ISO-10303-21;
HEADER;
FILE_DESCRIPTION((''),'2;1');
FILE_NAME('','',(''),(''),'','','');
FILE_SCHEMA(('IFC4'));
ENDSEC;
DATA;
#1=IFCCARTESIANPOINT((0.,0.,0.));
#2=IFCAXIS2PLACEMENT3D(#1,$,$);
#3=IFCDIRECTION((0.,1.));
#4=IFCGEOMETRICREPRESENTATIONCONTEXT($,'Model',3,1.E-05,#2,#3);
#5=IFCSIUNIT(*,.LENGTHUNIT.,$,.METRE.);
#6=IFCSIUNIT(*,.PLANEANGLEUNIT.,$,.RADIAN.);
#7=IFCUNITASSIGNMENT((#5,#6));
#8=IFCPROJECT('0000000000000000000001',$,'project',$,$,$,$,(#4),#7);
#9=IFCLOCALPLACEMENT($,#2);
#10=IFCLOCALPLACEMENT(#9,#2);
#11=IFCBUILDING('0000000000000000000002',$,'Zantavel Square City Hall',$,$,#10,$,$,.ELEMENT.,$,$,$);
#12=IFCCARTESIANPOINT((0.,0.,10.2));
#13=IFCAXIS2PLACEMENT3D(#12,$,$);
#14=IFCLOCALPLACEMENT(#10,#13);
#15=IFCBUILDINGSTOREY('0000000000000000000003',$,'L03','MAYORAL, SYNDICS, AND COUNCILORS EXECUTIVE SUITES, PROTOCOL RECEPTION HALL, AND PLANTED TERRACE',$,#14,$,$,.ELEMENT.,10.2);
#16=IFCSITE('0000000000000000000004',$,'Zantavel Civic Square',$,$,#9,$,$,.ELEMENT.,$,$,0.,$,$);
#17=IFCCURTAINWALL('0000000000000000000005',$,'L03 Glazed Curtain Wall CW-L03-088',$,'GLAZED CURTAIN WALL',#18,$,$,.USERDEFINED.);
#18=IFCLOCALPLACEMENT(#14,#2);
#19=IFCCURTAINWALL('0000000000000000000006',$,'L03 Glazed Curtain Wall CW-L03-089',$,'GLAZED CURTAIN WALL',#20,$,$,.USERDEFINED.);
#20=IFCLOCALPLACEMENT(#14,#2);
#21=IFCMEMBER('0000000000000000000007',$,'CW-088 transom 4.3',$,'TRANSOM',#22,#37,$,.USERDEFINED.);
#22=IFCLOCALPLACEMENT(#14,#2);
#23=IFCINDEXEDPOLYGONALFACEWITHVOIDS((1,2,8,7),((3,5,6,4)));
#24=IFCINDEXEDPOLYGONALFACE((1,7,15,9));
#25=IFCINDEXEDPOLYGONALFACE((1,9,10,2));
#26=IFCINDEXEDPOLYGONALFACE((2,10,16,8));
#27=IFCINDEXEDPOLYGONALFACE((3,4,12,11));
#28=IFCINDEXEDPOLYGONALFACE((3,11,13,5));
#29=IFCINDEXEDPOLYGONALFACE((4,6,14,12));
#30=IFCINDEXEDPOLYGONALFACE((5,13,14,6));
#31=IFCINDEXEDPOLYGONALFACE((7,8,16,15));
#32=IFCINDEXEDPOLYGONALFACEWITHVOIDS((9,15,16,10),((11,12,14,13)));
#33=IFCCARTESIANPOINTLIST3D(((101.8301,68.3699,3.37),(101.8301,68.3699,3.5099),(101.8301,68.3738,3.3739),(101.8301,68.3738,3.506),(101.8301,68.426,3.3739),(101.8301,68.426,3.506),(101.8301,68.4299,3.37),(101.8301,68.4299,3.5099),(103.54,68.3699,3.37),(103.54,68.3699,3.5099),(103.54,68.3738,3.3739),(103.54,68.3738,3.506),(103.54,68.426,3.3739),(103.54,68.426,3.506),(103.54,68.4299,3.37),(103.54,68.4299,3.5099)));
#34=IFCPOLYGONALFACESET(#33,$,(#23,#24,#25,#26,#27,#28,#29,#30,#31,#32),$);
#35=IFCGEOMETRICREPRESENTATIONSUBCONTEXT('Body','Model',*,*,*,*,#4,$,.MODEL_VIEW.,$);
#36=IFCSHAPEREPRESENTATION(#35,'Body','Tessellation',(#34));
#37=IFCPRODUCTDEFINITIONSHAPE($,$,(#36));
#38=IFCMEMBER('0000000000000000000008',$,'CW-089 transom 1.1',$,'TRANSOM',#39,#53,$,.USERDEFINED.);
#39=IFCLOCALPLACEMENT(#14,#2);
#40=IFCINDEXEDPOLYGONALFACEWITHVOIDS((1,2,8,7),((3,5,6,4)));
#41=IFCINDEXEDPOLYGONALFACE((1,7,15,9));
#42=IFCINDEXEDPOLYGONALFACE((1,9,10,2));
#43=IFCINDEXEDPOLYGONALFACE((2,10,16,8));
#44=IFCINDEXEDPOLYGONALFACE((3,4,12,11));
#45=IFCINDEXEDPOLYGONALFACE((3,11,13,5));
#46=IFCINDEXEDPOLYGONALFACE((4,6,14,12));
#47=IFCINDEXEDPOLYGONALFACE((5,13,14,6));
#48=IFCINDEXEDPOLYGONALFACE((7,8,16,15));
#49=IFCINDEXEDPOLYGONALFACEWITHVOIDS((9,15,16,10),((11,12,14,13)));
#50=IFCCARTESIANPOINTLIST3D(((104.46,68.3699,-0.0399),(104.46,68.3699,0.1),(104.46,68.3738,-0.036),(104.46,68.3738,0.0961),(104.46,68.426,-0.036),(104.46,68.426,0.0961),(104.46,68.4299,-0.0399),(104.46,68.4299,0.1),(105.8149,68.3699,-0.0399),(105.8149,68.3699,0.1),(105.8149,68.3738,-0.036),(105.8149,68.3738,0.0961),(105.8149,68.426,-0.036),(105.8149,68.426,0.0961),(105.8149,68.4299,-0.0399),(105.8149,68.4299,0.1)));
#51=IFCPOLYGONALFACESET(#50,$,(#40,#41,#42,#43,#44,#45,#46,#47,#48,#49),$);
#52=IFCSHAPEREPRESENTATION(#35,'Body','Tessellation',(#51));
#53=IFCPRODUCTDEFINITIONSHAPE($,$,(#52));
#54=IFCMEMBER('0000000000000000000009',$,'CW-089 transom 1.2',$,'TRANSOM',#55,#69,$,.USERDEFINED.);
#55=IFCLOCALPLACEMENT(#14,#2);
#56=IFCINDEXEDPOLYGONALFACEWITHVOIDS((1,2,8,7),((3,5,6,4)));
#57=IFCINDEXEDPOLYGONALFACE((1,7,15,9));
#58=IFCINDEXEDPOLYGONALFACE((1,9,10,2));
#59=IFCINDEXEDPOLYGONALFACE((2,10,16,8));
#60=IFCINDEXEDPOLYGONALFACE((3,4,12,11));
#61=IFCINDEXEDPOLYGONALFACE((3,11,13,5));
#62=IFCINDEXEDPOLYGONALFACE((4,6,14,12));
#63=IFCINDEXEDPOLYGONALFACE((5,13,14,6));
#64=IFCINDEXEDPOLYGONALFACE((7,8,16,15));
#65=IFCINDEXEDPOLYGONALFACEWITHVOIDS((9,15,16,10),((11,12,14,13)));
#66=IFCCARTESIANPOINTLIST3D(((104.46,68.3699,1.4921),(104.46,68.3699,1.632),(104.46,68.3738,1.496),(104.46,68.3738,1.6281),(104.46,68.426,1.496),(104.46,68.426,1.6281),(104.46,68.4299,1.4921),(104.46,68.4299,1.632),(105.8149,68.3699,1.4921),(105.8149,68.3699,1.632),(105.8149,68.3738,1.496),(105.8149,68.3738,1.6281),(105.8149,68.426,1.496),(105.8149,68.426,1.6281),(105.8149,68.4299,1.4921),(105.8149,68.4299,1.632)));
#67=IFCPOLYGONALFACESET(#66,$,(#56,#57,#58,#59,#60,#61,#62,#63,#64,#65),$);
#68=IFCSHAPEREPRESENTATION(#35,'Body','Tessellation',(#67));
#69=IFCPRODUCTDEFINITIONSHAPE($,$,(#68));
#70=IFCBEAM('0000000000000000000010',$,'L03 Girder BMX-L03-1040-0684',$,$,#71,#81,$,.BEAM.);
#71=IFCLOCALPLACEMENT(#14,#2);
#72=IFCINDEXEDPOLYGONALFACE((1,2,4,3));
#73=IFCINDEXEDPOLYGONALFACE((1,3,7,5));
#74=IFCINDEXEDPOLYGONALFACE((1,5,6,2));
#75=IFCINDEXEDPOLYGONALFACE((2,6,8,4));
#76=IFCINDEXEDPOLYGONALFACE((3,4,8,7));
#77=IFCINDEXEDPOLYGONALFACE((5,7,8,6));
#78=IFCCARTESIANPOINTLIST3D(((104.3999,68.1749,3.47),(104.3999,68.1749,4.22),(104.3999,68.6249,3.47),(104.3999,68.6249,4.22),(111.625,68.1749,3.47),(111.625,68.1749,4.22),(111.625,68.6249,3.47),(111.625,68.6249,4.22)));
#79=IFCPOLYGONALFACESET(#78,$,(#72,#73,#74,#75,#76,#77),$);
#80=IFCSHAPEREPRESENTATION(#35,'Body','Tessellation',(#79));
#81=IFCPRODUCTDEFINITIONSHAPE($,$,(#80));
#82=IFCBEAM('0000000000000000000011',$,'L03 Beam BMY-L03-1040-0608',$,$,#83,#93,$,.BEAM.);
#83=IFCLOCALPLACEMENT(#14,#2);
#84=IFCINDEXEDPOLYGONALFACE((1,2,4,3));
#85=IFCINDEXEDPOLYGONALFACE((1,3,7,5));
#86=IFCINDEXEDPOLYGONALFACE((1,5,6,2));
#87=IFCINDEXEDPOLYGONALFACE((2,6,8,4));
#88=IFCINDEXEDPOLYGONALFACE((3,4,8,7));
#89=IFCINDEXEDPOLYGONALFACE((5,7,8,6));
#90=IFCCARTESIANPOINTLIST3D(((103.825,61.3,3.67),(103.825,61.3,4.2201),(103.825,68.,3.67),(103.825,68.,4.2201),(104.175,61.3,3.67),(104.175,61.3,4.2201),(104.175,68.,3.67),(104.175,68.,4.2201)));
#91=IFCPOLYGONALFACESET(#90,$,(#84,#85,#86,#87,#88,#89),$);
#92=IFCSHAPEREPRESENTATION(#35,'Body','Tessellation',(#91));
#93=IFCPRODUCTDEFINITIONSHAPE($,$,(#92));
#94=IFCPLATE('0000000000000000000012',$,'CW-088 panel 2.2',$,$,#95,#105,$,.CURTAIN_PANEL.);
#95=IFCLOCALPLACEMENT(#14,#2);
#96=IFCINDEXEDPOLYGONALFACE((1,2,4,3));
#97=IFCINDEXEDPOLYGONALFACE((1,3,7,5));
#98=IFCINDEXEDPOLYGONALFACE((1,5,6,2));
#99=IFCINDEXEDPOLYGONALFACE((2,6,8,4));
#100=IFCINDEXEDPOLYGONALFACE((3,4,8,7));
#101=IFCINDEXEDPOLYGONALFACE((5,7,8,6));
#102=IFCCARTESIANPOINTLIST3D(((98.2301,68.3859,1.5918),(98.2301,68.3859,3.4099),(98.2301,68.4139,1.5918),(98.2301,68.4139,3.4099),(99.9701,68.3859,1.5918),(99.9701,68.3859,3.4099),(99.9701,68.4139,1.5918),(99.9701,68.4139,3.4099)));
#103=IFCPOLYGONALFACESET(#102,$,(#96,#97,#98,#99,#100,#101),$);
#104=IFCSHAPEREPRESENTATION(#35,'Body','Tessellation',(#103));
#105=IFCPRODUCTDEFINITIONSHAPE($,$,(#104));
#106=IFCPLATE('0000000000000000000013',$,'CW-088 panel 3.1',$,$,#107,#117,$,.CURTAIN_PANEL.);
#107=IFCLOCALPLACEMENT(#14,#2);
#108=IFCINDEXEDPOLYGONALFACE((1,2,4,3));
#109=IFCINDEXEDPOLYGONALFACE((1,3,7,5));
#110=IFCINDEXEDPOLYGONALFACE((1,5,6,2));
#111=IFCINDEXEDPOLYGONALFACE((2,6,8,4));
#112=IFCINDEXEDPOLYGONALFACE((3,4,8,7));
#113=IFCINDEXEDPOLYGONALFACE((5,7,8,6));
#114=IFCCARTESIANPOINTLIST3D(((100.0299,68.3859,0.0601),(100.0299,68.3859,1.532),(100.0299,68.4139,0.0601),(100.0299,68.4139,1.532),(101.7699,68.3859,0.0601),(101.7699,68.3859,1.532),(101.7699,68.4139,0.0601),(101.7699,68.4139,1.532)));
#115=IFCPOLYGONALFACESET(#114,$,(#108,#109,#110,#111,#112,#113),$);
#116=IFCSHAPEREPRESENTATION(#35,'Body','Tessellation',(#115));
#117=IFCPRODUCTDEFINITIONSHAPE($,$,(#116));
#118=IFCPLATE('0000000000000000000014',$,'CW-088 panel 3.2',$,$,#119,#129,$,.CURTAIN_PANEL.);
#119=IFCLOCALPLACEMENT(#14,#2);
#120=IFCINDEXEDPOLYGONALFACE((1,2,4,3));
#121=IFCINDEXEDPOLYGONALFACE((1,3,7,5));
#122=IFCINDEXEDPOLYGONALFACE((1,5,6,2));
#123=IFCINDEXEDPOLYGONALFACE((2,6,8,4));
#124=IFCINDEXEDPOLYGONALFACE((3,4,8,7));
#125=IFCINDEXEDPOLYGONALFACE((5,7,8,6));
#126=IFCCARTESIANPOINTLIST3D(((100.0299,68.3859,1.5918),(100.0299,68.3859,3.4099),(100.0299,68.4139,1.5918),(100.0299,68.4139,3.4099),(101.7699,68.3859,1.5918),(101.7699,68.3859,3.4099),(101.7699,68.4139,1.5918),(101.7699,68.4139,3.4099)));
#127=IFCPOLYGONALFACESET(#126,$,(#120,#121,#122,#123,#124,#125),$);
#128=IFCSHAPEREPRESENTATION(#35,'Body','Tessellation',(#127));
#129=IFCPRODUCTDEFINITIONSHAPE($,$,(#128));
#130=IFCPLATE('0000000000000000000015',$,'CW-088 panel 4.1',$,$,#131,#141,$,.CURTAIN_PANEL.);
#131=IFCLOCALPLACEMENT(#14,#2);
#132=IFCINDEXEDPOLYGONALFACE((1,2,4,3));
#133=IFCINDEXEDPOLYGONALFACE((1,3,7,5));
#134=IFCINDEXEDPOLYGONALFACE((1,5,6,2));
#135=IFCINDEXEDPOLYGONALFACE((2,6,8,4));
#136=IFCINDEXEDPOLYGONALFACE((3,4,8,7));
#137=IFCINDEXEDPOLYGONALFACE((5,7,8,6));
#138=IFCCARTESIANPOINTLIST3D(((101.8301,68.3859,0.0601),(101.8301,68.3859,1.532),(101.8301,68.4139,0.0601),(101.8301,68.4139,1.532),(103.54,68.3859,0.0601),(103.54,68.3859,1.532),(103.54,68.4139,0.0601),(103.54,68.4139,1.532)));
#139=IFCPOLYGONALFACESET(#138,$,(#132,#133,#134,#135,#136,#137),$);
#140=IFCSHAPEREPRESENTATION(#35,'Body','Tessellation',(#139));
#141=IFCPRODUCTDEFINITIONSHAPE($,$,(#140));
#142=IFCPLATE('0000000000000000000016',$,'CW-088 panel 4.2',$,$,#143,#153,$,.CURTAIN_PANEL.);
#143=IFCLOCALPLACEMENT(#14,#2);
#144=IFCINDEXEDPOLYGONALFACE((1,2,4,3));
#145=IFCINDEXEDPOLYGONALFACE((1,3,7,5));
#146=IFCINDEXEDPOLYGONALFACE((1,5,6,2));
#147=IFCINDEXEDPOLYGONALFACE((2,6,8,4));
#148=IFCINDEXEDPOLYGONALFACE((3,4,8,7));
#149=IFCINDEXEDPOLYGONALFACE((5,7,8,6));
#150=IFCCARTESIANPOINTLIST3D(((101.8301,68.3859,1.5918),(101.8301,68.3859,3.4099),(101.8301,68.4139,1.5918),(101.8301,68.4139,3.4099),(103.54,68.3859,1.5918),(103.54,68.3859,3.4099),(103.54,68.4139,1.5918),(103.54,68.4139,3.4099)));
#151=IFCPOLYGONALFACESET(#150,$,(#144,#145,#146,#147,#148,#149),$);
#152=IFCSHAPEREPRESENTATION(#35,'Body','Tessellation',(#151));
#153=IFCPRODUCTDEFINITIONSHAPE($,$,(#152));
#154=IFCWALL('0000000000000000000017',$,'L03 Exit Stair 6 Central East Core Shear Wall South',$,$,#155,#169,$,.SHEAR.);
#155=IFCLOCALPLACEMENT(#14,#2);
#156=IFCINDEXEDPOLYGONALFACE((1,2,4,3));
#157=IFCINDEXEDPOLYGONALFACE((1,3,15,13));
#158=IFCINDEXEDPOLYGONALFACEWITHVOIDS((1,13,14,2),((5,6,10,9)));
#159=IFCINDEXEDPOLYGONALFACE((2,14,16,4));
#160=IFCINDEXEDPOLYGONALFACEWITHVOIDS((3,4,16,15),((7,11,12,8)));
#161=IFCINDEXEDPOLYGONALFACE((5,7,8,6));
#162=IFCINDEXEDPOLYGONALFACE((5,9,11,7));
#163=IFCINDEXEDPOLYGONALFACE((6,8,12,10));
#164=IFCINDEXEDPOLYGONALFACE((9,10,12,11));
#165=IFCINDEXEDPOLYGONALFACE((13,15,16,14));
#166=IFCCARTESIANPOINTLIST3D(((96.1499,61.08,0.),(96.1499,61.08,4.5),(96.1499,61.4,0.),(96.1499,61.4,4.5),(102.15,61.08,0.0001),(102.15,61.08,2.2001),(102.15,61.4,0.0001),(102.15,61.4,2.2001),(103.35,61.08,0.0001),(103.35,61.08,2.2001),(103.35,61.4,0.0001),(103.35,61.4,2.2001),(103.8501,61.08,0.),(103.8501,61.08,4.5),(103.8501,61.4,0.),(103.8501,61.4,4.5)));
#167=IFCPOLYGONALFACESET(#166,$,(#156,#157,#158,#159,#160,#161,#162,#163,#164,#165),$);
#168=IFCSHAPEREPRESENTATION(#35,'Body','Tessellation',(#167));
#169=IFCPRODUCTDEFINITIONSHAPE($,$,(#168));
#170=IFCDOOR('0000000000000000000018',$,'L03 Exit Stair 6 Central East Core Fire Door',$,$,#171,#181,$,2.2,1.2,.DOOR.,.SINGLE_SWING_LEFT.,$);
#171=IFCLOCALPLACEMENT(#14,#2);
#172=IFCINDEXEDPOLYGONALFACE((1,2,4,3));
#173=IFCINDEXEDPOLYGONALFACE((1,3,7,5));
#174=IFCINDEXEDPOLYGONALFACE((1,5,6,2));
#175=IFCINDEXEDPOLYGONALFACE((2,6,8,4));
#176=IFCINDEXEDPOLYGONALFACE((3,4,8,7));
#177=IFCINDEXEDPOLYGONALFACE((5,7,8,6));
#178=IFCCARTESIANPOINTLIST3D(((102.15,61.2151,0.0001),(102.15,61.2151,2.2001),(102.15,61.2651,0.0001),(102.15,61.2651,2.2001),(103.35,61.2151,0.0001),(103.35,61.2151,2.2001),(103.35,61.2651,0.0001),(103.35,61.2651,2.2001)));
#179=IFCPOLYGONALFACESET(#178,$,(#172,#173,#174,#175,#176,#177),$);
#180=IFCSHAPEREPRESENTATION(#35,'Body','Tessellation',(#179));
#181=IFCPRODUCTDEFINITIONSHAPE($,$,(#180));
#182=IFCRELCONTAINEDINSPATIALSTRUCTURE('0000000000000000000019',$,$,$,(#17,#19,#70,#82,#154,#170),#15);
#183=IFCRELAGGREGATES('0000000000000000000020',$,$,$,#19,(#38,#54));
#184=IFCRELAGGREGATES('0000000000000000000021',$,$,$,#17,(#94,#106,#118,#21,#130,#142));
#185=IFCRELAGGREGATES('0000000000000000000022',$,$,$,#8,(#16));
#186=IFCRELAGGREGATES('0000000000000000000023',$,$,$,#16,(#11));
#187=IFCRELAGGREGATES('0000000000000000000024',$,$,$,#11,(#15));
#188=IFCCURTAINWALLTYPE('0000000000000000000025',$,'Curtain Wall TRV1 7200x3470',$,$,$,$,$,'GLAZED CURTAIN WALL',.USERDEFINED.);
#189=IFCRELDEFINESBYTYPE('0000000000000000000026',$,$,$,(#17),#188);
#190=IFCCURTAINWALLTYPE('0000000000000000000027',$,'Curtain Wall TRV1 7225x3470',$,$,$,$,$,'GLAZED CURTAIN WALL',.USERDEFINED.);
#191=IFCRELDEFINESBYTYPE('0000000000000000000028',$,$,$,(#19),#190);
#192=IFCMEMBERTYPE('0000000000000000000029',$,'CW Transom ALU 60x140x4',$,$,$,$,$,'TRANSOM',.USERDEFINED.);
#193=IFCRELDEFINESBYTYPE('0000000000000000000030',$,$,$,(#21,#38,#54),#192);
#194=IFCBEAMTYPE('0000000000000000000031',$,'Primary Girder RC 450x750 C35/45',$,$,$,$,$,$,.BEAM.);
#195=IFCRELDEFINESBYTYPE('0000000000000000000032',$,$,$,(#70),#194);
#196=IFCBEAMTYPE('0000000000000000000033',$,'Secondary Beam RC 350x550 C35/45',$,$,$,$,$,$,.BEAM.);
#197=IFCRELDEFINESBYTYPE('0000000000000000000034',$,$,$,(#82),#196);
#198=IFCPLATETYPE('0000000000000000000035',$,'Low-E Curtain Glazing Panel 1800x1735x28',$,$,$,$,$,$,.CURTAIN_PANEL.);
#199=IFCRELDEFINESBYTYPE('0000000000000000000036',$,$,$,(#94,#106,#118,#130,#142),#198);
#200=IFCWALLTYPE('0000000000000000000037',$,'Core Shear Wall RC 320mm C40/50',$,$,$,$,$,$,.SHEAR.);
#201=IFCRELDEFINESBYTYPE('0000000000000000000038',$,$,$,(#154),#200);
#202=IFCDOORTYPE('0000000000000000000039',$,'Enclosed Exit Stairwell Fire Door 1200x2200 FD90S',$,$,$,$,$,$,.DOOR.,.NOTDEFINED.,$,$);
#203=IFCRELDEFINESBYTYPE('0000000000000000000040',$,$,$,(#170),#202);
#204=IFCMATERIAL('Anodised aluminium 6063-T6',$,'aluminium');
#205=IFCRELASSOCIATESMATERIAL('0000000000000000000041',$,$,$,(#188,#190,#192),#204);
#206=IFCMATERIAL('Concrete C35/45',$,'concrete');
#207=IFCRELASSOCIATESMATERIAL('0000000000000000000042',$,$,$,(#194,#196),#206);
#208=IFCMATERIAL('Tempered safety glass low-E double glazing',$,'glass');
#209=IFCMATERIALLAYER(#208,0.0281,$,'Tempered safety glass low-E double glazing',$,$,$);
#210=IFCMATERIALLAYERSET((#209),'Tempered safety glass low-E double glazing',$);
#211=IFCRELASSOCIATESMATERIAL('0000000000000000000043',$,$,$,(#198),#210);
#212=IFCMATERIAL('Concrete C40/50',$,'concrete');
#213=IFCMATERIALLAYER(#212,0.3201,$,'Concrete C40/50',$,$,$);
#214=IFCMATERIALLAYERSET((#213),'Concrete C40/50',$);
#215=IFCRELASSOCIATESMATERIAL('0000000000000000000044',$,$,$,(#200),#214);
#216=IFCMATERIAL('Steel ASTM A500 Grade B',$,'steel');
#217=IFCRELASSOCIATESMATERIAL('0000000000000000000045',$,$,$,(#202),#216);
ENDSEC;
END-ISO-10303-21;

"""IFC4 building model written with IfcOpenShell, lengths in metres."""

from ifc_helpers import new_model, si_unit, direction, frame, frame_2d, origin, origin_2d, place, context, subcontext, project, spatial, rectangle, hollow_rectangle, extrude, material, layer, layer_set, material_profile, profile_set, type_object, element, fill, aggregate, save


model = new_model("IFC4")

# Units and contexts
model_context = context("Model", 3, precision=1e-05, world=origin(), true_north=direction((0.0, 1.0)))
body_context = subcontext(model_context, "Body", "Model", "MODEL_VIEW")
ifc_project = project(units=[si_unit("LENGTHUNIT", "METRE"), si_unit("PLANEANGLEUNIT", "RADIAN")], contexts=[model_context])

# Site, building, storey
site_placement = place(None, origin())
site = spatial("IfcSite", under=ifc_project, at=site_placement, Name="Zantavel Civic Square", CompositionType="ELEMENT", RefElevation=0.0)
building_placement = place(site_placement, origin())
building = spatial("IfcBuilding", under=site, at=building_placement, Name="Zantavel Square City Hall", CompositionType="ELEMENT")
storey_placement = place(building_placement, frame((0.0, 0.0, 10.2)))
storey = spatial("IfcBuildingStorey", under=building, at=storey_placement, Name="L03", Description="MAYORAL, SYNDICS, AND COUNCILORS EXECUTIVE SUITES, PROTOCOL RECEPTION HALL, AND PLANTED TERRACE", CompositionType="ELEMENT", Elevation=10.2)

# Shared definitions
ifc_material_1 = material(Name="Concrete C40/50", Category="concrete")

# Curtain wall
ifc_material_2 = material(Name="Anodised aluminium 6063-T6", Category="aluminium")
curtain_wall_type_1 = type_object("IfcCurtainWallType", Name="Curtain Wall TRV1 7200x3470", ElementType="GLAZED CURTAIN WALL", PredefinedType="USERDEFINED", material=ifc_material_2)
curtain_wall_1_placement = place(storey_placement, origin())
curtain_wall_1 = element("IfcCurtainWall", 1, at=curtain_wall_1_placement, inside=storey, type_object=curtain_wall_type_1, Name="L03 Glazed Curtain Wall CW-L03-088", ObjectType="GLAZED CURTAIN WALL", PredefinedType="USERDEFINED")

# Curtain wall
curtain_wall_type_2 = type_object("IfcCurtainWallType", Name="Curtain Wall TRV1 7225x3470", ElementType="GLAZED CURTAIN WALL", PredefinedType="USERDEFINED", material=ifc_material_2)
curtain_wall_2_placement = place(storey_placement, origin())
curtain_wall_2 = element("IfcCurtainWall", 2, at=curtain_wall_2_placement, inside=storey, type_object=curtain_wall_type_2, Name="L03 Glazed Curtain Wall CW-L03-089", ObjectType="GLAZED CURTAIN WALL", PredefinedType="USERDEFINED")

# Members
ifc_material_profile_1 = material_profile(ifc_material_2, hollow_rectangle(XDim=0.0601, YDim=0.1399, WallThickness=0.0039, at=origin_2d()), Name="ALU 60x140x4")
ifc_profile_set_1 = profile_set([ifc_material_profile_1], Name="Anodised aluminium 6063-T6")
member_type_1 = type_object("IfcMemberType", Name="CW Transom ALU 60x140x4", ElementType="TRANSOM", PredefinedType="USERDEFINED", material=ifc_profile_set_1)
member_1_placement = place(storey_placement, frame((101.8301, 68.3999, 3.4399), z_axis=(1.0, 0.0, 0.0), x_axis=(0.0, 1.0, 0.0)))
member_1 = element("IfcMember", 3, at=member_1_placement, type_object=member_type_1, Name="CW-088 transom 4.3", ObjectType="TRANSOM", PredefinedType="USERDEFINED", context=body_context, shape_type="SweptSolid", body=[
    extrude(hollow_rectangle(XDim=0.0601, YDim=0.1399, WallThickness=0.0039, at=origin_2d()), origin(), (0.0, 0.0, 1.0), 1.71),
])
member_2_placement = place(storey_placement, frame((104.46, 68.3999, 0.03), z_axis=(1.0, 0.0, 0.0), x_axis=(0.0, 1.0, 0.0)))
member_2 = element("IfcMember", 4, at=member_2_placement, type_object=member_type_1, Name="CW-089 transom 1.1", ObjectType="TRANSOM", PredefinedType="USERDEFINED", context=body_context, shape_type="SweptSolid", body=[
    extrude(hollow_rectangle(XDim=0.0601, YDim=0.1399, WallThickness=0.0039, at=origin_2d()), origin(), (0.0, 0.0, 1.0), 1.355),
])
member_3_placement = place(storey_placement, frame((104.46, 68.3999, 1.562), z_axis=(1.0, 0.0, 0.0), x_axis=(0.0, 1.0, 0.0)))
member_3 = element("IfcMember", 5, at=member_3_placement, type_object=member_type_1, Name="CW-089 transom 1.2", ObjectType="TRANSOM", PredefinedType="USERDEFINED", context=body_context, shape_type="SweptSolid", body=[
    extrude(hollow_rectangle(XDim=0.0601, YDim=0.1399, WallThickness=0.0039, at=origin_2d()), origin(), (0.0, 0.0, 1.0), 1.355),
])
aggregate(curtain_wall_2, [member_2, member_3])

# Beams
ifc_material_3 = material(Name="Concrete C35/45", Category="concrete")
ifc_material_profile_2 = material_profile(ifc_material_3, rectangle(XDim=0.45, YDim=0.75, at=origin_2d()), Name="RC 450x750")
ifc_profile_set_2 = profile_set([ifc_material_profile_2], Name="Concrete C35/45")
beam_type_1 = type_object("IfcBeamType", Name="Primary Girder RC 450x750 C35/45", PredefinedType="BEAM", material=ifc_profile_set_2)
beam_1_placement = place(storey_placement, frame((104.3999, 68.3999, 3.845), z_axis=(1.0, 0.0, 0.0), x_axis=(0.0, 1.0, 0.0)))
element("IfcBeam", 6, at=beam_1_placement, inside=storey, type_object=beam_type_1, Name="L03 Girder BMX-L03-1040-0684", PredefinedType="BEAM", context=body_context, shape_type="SweptSolid", body=[
    extrude(rectangle(XDim=0.45, YDim=0.75, at=origin_2d()), origin(), (0.0, 0.0, 1.0), 7.2251),
])
ifc_material_profile_3 = material_profile(ifc_material_3, rectangle(XDim=0.3501, YDim=0.55, at=origin_2d()), Name="RC 350x550")
ifc_profile_set_3 = profile_set([ifc_material_profile_3], Name="Concrete C35/45")
beam_type_2 = type_object("IfcBeamType", Name="Secondary Beam RC 350x550 C35/45", PredefinedType="BEAM", material=ifc_profile_set_3)
beam_2_placement = place(storey_placement, frame((104.0, 61.3, 3.9451), z_axis=(0.0, 1.0, 0.0), x_axis=(-1.0, 0.0, 0.0)))
element("IfcBeam", 7, at=beam_2_placement, inside=storey, type_object=beam_type_2, Name="L03 Beam BMY-L03-1040-0608", PredefinedType="BEAM", context=body_context, shape_type="SweptSolid", body=[
    extrude(rectangle(XDim=0.3501, YDim=0.55, at=origin_2d()), origin(), (0.0, 0.0, 1.0), 6.7),
])

# Plates
ifc_material_4 = material(Name="Tempered safety glass low-E double glazing", Category="glass")
ifc_layer_1 = layer(ifc_material_4, 0.0281, Name="Tempered safety glass low-E double glazing")
ifc_layer_set_1 = layer_set([ifc_layer_1], Name="Tempered safety glass low-E double glazing")
plate_type = type_object("IfcPlateType", Name="Low-E Curtain Glazing Panel 1800x1735x28", PredefinedType="CURTAIN_PANEL", material=ifc_layer_set_1)
plate_1_placement = place(storey_placement, frame((99.1001, 68.3999, 1.5918), z_axis=(0.0, 0.0, 1.0), x_axis=(1.0, 0.0, 0.0)))
plate_1 = element("IfcPlate", 8, at=plate_1_placement, type_object=plate_type, Name="CW-088 panel 2.2", PredefinedType="CURTAIN_PANEL", context=body_context, shape_type="SweptSolid", body=[
    extrude(rectangle(XDim=1.74, YDim=0.0281, at=origin_2d()), origin(), (0.0, 0.0, 1.0), 1.8181),
])
plate_2_placement = place(storey_placement, frame((100.8999, 68.3999, 0.0601), z_axis=(0.0, 0.0, 1.0), x_axis=(1.0, 0.0, 0.0)))
plate_2 = element("IfcPlate", 9, at=plate_2_placement, type_object=plate_type, Name="CW-088 panel 3.1", PredefinedType="CURTAIN_PANEL", context=body_context, shape_type="SweptSolid", body=[
    extrude(rectangle(XDim=1.74, YDim=0.0281, at=origin_2d()), origin(), (0.0, 0.0, 1.0), 1.4719),
])
plate_3_placement = place(storey_placement, frame((100.8999, 68.3999, 1.5918), z_axis=(0.0, 0.0, 1.0), x_axis=(1.0, 0.0, 0.0)))
plate_3 = element("IfcPlate", 10, at=plate_3_placement, type_object=plate_type, Name="CW-088 panel 3.2", PredefinedType="CURTAIN_PANEL", context=body_context, shape_type="SweptSolid", body=[
    extrude(rectangle(XDim=1.74, YDim=0.0281, at=origin_2d()), origin(), (0.0, 0.0, 1.0), 1.8181),
])
plate_4_placement = place(storey_placement, frame((102.6851, 68.3999, 0.0601), z_axis=(0.0, 0.0, 1.0), x_axis=(1.0, 0.0, 0.0)))
plate_4 = element("IfcPlate", 11, at=plate_4_placement, type_object=plate_type, Name="CW-088 panel 4.1", PredefinedType="CURTAIN_PANEL", context=body_context, shape_type="SweptSolid", body=[
    extrude(rectangle(XDim=1.71, YDim=0.0281, at=origin_2d()), origin(), (0.0, 0.0, 1.0), 1.4719),
])
plate_5_placement = place(storey_placement, frame((102.6851, 68.3999, 1.5918), z_axis=(0.0, 0.0, 1.0), x_axis=(1.0, 0.0, 0.0)))
plate_5 = element("IfcPlate", 12, at=plate_5_placement, type_object=plate_type, Name="CW-088 panel 4.2", PredefinedType="CURTAIN_PANEL", context=body_context, shape_type="SweptSolid", body=[
    extrude(rectangle(XDim=1.71, YDim=0.0281, at=origin_2d()), origin(), (0.0, 0.0, 1.0), 1.8181),
])
aggregate(curtain_wall_1, [plate_1, plate_2, plate_3, member_1, plate_4, plate_5])

# Wall, opening, door
ifc_layer_2 = layer(ifc_material_1, 0.3201, Name="Concrete C40/50")
ifc_layer_set_2 = layer_set([ifc_layer_2], Name="Concrete C40/50")
wall_type = type_object("IfcWallType", Name="Core Shear Wall RC 320mm C40/50", PredefinedType="SHEAR", material=ifc_layer_set_2)
wall_1_placement = place(storey_placement, frame((103.8501, 61.24, 0.0), z_axis=(0.0, 0.0, 1.0), x_axis=(-1.0, 0.0, 0.0)))
wall_1 = element("IfcWall", 13, at=wall_1_placement, inside=storey, type_object=wall_type, Name="L03 Exit Stair 6 Central East Core Shear Wall South", PredefinedType="SHEAR", context=body_context, shape_type="SweptSolid", body=[
    extrude(rectangle(XDim=7.7002, YDim=0.3201, at=frame_2d((3.8501, 0.0))), origin(), (0.0, 0.0, 1.0), 4.5),
])
opening_placement = place(wall_1_placement, frame((0.5, 0.0, 0.0)))
opening = element("IfcOpeningElement", 14, at=opening_placement, cuts=wall_1, PredefinedType="OPENING", context=body_context, shape_type="SweptSolid", body=[
    extrude(rectangle(XDim=1.2, YDim=2.2, at=frame_2d((0.6001, 1.1001))), frame((0.0, 0.1699, 0.0), z_axis=(0.0, -1.0, 0.0), x_axis=(1.0, 0.0, 0.0)), (0.0, 0.0, 1.0), 0.3401),
])
ifc_material_5 = material(Name="Steel ASTM A500 Grade B", Category="steel")
door_type = type_object("IfcDoorType", Name="Enclosed Exit Stairwell Fire Door 1200x2200 FD90S", OperationType="NOTDEFINED", PredefinedType="DOOR", material=ifc_material_5)
door_placement = place(opening_placement, origin())
door = element("IfcDoor", 15, at=door_placement, inside=storey, type_object=door_type, Name="L03 Exit Stair 6 Central East Core Fire Door", OperationType="SINGLE_SWING_LEFT", OverallHeight=2.2, OverallWidth=1.2, PredefinedType="DOOR", context=body_context, shape_type="SweptSolid", body=[
    extrude(rectangle(XDim=1.2, YDim=2.2, at=frame_2d((0.6001, 1.1001))), frame((0.0, 0.0249, 0.0), z_axis=(0.0, -1.0, 0.0), x_axis=(1.0, 0.0, 0.0)), (0.0, 0.0, 1.0), 0.05),
])
fill(opening, door)

save(model, "model.ifc")
